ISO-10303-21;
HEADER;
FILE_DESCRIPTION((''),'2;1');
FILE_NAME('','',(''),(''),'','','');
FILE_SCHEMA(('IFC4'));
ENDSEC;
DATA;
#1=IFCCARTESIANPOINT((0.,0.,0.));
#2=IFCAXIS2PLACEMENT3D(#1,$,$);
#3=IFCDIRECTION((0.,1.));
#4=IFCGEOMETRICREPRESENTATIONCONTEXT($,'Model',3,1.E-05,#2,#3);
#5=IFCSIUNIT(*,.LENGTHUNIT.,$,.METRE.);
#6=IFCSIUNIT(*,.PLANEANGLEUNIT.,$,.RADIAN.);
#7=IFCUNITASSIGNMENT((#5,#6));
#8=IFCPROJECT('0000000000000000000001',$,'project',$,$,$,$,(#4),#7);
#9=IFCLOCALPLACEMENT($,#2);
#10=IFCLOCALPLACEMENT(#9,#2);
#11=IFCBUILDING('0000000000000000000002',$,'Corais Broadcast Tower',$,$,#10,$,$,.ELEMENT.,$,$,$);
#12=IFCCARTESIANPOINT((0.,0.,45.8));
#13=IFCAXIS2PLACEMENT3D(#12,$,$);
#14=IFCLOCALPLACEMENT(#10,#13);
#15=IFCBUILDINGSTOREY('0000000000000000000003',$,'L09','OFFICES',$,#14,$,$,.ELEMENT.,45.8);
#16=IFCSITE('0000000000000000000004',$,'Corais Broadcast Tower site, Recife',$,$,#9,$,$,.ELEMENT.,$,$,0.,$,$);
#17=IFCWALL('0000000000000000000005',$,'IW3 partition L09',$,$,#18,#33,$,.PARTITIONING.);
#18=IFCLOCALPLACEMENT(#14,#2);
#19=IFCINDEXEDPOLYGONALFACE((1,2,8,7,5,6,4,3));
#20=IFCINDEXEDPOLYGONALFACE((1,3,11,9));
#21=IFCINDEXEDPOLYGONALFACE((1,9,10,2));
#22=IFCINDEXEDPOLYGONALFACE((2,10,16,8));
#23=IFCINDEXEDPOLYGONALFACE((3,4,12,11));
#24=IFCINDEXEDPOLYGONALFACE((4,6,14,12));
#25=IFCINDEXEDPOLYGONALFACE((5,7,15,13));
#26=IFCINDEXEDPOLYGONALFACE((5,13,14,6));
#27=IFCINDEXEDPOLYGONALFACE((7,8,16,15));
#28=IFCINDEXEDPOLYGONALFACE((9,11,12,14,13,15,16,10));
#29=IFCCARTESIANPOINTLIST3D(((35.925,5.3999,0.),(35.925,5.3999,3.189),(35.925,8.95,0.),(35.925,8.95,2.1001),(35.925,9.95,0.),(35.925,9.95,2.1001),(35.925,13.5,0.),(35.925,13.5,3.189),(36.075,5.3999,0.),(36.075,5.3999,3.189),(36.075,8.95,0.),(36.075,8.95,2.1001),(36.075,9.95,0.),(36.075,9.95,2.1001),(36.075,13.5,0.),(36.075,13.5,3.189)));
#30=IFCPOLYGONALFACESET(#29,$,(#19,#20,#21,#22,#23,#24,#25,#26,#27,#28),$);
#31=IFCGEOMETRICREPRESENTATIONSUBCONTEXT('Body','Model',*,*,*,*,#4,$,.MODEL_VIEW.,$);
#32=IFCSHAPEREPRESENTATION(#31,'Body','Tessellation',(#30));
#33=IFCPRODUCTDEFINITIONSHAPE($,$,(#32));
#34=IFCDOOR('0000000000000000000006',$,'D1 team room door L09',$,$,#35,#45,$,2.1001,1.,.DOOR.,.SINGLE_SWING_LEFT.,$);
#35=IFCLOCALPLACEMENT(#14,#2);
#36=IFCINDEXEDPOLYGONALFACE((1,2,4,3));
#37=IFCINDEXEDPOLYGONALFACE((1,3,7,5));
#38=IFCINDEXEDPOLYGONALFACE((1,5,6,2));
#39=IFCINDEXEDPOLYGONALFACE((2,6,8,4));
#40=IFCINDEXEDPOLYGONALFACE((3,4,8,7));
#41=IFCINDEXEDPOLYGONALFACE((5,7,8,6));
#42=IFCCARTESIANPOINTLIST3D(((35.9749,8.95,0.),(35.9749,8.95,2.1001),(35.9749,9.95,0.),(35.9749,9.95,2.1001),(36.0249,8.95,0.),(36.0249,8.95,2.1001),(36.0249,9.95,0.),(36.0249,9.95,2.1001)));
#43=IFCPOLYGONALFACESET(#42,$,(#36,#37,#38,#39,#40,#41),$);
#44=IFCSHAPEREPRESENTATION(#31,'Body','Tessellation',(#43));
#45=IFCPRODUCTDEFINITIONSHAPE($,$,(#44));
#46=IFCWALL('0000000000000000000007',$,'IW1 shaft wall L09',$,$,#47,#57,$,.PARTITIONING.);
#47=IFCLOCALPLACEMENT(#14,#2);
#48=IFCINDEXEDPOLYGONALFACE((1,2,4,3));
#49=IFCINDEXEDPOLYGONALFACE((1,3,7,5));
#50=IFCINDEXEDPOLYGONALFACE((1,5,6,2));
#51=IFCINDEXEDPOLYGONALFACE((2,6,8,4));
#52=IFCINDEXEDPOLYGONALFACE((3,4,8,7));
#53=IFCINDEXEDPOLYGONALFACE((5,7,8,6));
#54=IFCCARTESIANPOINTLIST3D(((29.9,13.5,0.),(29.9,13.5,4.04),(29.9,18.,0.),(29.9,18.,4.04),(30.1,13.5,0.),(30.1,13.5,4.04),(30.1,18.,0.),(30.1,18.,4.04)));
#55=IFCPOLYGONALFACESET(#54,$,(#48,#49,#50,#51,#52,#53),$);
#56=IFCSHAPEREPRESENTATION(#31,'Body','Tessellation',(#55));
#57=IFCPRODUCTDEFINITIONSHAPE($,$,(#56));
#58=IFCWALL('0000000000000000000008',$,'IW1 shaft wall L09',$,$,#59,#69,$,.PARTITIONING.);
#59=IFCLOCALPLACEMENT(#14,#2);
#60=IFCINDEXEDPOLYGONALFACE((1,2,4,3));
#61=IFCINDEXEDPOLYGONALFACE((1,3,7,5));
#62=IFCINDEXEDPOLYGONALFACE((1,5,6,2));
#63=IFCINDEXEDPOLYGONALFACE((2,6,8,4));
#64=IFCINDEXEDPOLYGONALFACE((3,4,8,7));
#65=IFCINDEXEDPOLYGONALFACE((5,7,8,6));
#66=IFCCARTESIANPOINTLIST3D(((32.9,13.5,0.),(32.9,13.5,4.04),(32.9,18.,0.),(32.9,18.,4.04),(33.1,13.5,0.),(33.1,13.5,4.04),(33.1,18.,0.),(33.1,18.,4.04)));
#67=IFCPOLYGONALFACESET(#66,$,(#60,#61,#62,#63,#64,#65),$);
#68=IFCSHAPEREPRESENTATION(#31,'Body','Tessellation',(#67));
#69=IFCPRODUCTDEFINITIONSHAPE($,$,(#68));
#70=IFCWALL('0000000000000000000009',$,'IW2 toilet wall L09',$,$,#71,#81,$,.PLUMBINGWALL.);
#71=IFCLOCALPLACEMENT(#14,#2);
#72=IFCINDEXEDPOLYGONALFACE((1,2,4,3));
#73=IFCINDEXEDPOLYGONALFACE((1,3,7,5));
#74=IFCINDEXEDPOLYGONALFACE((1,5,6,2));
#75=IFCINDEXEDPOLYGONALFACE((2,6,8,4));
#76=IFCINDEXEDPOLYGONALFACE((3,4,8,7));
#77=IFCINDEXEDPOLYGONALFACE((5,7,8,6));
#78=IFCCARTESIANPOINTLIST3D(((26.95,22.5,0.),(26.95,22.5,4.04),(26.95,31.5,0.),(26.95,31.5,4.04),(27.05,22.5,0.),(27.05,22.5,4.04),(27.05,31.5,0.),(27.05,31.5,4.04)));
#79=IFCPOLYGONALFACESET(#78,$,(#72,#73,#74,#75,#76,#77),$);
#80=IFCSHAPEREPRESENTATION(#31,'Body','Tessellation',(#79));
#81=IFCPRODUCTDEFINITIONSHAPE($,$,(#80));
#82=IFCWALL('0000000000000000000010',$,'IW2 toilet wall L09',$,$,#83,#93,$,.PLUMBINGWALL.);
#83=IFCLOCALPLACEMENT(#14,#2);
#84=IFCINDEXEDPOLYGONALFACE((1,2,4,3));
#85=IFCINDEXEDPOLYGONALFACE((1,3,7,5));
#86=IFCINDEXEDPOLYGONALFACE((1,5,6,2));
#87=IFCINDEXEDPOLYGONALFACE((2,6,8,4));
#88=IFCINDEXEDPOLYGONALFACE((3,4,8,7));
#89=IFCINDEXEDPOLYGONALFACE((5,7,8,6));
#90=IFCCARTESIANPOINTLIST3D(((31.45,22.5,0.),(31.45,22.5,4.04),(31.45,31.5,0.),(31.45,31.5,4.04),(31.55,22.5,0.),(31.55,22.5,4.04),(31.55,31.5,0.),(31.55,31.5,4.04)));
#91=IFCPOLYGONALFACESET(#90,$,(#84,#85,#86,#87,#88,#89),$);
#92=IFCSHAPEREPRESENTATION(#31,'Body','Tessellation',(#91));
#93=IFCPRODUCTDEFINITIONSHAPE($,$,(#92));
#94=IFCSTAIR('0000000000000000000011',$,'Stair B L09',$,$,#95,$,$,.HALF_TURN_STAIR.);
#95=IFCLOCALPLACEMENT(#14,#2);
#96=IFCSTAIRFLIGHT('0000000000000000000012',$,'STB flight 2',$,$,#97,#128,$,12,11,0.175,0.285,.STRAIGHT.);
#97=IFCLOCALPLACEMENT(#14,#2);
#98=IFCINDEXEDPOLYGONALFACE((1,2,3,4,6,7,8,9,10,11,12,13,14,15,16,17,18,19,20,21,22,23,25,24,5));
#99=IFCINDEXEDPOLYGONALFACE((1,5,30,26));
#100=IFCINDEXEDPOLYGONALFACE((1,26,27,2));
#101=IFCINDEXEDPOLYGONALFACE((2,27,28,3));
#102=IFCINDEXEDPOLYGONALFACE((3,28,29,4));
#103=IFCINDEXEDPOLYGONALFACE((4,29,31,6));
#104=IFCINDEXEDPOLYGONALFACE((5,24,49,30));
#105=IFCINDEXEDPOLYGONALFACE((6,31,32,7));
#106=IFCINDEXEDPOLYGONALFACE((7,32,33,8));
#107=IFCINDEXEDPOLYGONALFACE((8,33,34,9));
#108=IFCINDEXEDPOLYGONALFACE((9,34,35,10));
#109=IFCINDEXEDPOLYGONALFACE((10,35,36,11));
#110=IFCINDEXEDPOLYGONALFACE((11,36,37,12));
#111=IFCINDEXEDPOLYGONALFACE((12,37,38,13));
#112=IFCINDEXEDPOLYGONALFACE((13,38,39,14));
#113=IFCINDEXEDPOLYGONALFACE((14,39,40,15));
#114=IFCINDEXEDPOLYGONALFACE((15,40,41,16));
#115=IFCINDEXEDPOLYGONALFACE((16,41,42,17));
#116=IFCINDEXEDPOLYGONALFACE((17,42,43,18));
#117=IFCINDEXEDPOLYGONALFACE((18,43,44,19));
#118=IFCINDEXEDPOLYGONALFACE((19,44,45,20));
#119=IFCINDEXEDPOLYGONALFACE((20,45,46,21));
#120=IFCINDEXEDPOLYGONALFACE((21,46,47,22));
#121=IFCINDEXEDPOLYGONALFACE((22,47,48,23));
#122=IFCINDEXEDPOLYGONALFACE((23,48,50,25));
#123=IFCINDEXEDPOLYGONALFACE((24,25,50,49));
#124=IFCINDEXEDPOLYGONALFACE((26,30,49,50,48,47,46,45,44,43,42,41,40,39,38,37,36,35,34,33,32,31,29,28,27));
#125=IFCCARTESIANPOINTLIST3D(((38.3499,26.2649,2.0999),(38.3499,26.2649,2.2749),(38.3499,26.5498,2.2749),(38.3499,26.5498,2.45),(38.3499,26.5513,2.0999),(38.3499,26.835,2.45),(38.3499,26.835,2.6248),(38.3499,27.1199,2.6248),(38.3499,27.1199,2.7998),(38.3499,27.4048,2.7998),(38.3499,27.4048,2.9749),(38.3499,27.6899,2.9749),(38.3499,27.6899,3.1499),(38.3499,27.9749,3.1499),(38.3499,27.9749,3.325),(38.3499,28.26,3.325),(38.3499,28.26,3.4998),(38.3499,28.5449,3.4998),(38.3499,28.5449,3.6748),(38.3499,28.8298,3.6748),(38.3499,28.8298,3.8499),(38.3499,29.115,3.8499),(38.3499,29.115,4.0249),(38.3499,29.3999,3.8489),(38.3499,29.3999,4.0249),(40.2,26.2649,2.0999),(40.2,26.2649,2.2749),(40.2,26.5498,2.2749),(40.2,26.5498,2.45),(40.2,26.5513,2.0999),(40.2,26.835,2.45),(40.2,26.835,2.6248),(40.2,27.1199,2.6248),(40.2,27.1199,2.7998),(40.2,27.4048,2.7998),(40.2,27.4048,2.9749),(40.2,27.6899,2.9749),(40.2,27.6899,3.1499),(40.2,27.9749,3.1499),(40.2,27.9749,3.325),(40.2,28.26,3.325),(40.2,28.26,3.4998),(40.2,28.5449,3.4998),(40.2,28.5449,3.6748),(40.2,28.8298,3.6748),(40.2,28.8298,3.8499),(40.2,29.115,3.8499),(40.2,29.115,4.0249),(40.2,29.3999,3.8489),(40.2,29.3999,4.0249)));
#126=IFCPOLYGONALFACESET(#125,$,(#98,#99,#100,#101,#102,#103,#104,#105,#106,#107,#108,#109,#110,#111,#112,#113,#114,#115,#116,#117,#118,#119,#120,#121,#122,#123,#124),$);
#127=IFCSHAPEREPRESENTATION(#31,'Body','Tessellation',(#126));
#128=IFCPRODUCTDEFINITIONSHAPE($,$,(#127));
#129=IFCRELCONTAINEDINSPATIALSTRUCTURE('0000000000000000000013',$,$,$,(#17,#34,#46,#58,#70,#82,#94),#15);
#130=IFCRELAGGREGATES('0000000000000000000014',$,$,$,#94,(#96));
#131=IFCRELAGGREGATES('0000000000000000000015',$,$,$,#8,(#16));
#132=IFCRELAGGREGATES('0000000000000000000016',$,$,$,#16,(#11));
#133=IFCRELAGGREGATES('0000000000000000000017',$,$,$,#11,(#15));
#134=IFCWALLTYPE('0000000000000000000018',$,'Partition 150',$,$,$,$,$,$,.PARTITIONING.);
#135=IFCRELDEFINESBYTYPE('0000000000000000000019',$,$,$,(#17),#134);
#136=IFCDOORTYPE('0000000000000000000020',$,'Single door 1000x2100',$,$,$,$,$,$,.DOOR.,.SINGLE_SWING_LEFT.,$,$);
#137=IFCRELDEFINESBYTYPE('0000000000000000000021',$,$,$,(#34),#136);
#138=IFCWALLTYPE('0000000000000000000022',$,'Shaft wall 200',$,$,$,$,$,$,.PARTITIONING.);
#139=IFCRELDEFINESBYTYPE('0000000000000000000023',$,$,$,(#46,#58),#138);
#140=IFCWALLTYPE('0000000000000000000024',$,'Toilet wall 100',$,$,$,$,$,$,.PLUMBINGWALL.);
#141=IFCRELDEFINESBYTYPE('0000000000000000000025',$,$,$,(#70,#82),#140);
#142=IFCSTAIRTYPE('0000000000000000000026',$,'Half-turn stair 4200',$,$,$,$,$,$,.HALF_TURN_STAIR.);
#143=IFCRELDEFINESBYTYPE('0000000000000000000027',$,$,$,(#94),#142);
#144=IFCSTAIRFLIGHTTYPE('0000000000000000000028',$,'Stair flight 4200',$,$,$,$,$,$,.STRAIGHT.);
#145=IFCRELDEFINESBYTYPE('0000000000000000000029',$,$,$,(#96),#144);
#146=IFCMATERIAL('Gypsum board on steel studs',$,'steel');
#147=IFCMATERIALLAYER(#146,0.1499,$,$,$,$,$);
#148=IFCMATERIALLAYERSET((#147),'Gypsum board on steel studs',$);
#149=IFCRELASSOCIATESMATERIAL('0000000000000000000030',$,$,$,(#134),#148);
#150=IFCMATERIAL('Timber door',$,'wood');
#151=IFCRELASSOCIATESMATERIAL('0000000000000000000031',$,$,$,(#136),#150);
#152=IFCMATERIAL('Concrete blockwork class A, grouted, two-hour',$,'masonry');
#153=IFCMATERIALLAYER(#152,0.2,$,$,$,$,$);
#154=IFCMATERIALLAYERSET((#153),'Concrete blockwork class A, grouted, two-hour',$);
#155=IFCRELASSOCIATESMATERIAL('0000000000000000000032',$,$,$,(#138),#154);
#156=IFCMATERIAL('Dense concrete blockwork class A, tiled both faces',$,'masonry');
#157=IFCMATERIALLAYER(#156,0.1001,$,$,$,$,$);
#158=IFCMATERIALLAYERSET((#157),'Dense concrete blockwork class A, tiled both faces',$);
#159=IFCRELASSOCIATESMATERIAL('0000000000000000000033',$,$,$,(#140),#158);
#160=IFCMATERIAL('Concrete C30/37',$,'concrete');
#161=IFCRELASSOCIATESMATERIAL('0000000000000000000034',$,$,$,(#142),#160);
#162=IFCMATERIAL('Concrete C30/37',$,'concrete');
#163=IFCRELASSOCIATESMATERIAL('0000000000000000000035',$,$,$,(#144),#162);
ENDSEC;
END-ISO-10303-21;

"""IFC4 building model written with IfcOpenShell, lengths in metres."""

from ifc_helpers import new_model, si_unit, direction, frame, frame_2d, origin, place, context, subcontext, project, spatial, polyline, rectangle, outline, extrude, material, layer, layer_set, type_object, element, fill, aggregate, save


model = new_model("IFC4")

# Units and contexts
model_context = context("Model", 3, precision=1e-05, world=origin(), true_north=direction((0.0, 1.0)))
body_context = subcontext(model_context, "Body", "Model", "MODEL_VIEW")
ifc_project = project(units=[si_unit("LENGTHUNIT", "METRE"), si_unit("PLANEANGLEUNIT", "RADIAN")], contexts=[model_context])

# Site, building, storey
site_placement = place(None, origin())
site = spatial("IfcSite", under=ifc_project, at=site_placement, Name="Corais Broadcast Tower site, Recife", CompositionType="ELEMENT", RefElevation=0.0)
building_placement = place(site_placement, origin())
building = spatial("IfcBuilding", under=site, at=building_placement, Name="Corais Broadcast Tower", CompositionType="ELEMENT")
storey_placement = place(building_placement, frame((0.0, 0.0, 45.8)))
storey = spatial("IfcBuildingStorey", under=building, at=storey_placement, Name="L09", Description="OFFICES", CompositionType="ELEMENT", Elevation=45.8)

# Shared definitions
ifc_material_1 = material(Name="Gypsum board on steel studs", Category="steel")
ifc_layer_1 = layer(ifc_material_1, 0.1499)
ifc_layer_set_1 = layer_set([ifc_layer_1], Name="Gypsum board on steel studs")
wall_type_1 = type_object("IfcWallType", Name="Partition 150", PredefinedType="PARTITIONING", material=ifc_layer_set_1)
ifc_material_2 = material(Name="Timber door", Category="wood")
door_type_1 = type_object("IfcDoorType", Name="Single door 1000x2100", OperationType="SINGLE_SWING_LEFT", PredefinedType="DOOR", material=ifc_material_2)

# Wall, opening, door
wall_1_placement = place(storey_placement, frame((36.0, 13.5, 0.0), z_axis=(0.0, 0.0, 1.0), x_axis=(0.0, -1.0, 0.0)))
wall_1 = element("IfcWall", 1, at=wall_1_placement, inside=storey, type_object=wall_type_1, Name="IW3 partition L09", PredefinedType="PARTITIONING", context=body_context, shape_type="SweptSolid", body=[
    extrude(rectangle(XDim=8.1001, YDim=0.1499, at=frame_2d((4.05, 0.0))), origin(), (0.0, 0.0, 1.0), 3.189),
])
opening_1_placement = place(wall_1_placement, frame((3.55, 0.0, 0.0)))
opening_1 = element("IfcOpeningElement", 2, at=opening_1_placement, cuts=wall_1, PredefinedType="OPENING", context=body_context, shape_type="SweptSolid", body=[
    extrude(rectangle(XDim=1.0, YDim=2.1001, at=frame_2d((0.5, 1.05))), frame((0.0, 0.085, 0.0), z_axis=(0.0, -1.0, 0.0), x_axis=(1.0, 0.0, 0.0)), (0.0, 0.0, 1.0), 0.1699),
])
door_1_placement = place(opening_1_placement, origin())
door_1 = element("IfcDoor", 3, at=door_1_placement, inside=storey, type_object=door_type_1, Name="D1 team room door L09", OperationType="SINGLE_SWING_LEFT", OverallHeight=2.1001, OverallWidth=1.0, PredefinedType="DOOR", context=body_context, shape_type="SweptSolid", body=[
    extrude(rectangle(XDim=1.0, YDim=2.1001, at=frame_2d((0.5, 1.05))), frame((0.0, 0.0249, 0.0), z_axis=(0.0, -1.0, 0.0), x_axis=(1.0, 0.0, 0.0)), (0.0, 0.0, 1.0), 0.05),
])
fill(opening_1, door_1)

# Walls
ifc_material_3 = material(Name="Concrete blockwork class A, grouted, two-hour", Category="masonry")
ifc_layer_2 = layer(ifc_material_3, 0.2)
ifc_layer_set_2 = layer_set([ifc_layer_2], Name="Concrete blockwork class A, grouted, two-hour")
wall_type_2 = type_object("IfcWallType", Name="Shaft wall 200", PredefinedType="PARTITIONING", material=ifc_layer_set_2)
for number, where, z_axis, x_axis, name in (
    (4, (30.0, 13.5, 0.0), (0.0, 0.0, 1.0), (0.0, 1.0, 0.0), "IW1 shaft wall L09"),
    (5, (33.0, 13.5, 0.0), (0.0, 0.0, 1.0), (0.0, 1.0, 0.0), "IW1 shaft wall L09"),
):
    element("IfcWall", number, at=place(storey_placement, frame(where, z_axis=z_axis, x_axis=x_axis)), inside=storey, type_object=wall_type_2, Name=name, PredefinedType="PARTITIONING", context=body_context, shape_type="SweptSolid", body=[
        extrude(rectangle(XDim=4.5, YDim=0.2, at=frame_2d((2.25, 0.0))), origin(), (0.0, 0.0, 1.0), 4.04),
    ])
ifc_material_4 = material(Name="Dense concrete blockwork class A, tiled both faces", Category="masonry")
ifc_layer_3 = layer(ifc_material_4, 0.1001)
ifc_layer_set_3 = layer_set([ifc_layer_3], Name="Dense concrete blockwork class A, tiled both faces")
wall_type_3 = type_object("IfcWallType", Name="Toilet wall 100", PredefinedType="PLUMBINGWALL", material=ifc_layer_set_3)
for number, where, z_axis, x_axis, name in (
    (6, (27.0, 22.5, 0.0), (0.0, 0.0, 1.0), (0.0, 1.0, 0.0), "IW2 toilet wall L09"),
    (7, (31.5, 22.5, 0.0), (0.0, 0.0, 1.0), (0.0, 1.0, 0.0), "IW2 toilet wall L09"),
):
    element("IfcWall", number, at=place(storey_placement, frame(where, z_axis=z_axis, x_axis=x_axis)), inside=storey, type_object=wall_type_3, Name=name, PredefinedType="PLUMBINGWALL", context=body_context, shape_type="SweptSolid", body=[
        extrude(rectangle(XDim=9.0, YDim=0.1001, at=frame_2d((4.5, 0.0))), origin(), (0.0, 0.0, 1.0), 4.04),
    ])

# Stair, stair flight
ifc_material_5 = material(Name="Concrete C30/37", Category="concrete")
stair_type = type_object("IfcStairType", Name="Half-turn stair 4200", PredefinedType="HALF_TURN_STAIR", material=ifc_material_5)
stair_placement = place(storey_placement, origin())
stair = element("IfcStair", 8, at=stair_placement, inside=storey, type_object=stair_type, Name="Stair B L09", PredefinedType="HALF_TURN_STAIR")
ifc_material_6 = material(Name="Concrete C30/37", Category="concrete")
stair_flight_type = type_object("IfcStairFlightType", Name="Stair flight 4200", PredefinedType="STRAIGHT", material=ifc_material_6)
stair_flight_placement = place(storey_placement, frame((39.2749, 26.2649, 2.0999), z_axis=(0.0, 0.0, 1.0), x_axis=(0.0, 1.0, 0.0)))
stair_flight = element("IfcStairFlight", 9, at=stair_flight_placement, type_object=stair_flight_type, Name="STB flight 2", NumberOfRisers=12, NumberOfTreads=11, PredefinedType="STRAIGHT", RiserHeight=0.175, TreadLength=0.285, context=body_context, shape_type="SweptSolid", body=[
    extrude(outline(polyline([(0.0, 0.0), (0.0, 0.175), (0.2849, 0.175), (0.2849, 0.3501), (0.5701, 0.3501), (0.5701, 0.5249), (0.855, 0.5249), (0.855, 0.7), (1.1399, 0.7), (1.1399, 0.875), (1.425, 0.875), (1.425, 1.05), (1.71, 1.05), (1.71, 1.2251), (1.9951, 1.2251), (1.9951, 1.3999), (2.28, 1.3999), (2.28, 1.575), (2.5649, 1.575), (2.5649, 1.75), (2.8501, 1.75), (2.8501, 1.925), (3.135, 1.925), (3.135, 2.1001), (3.135, 1.749), (0.2864, 0.0), (0.0, 0.0)])), frame((0.0, 0.925, 0.0), z_axis=(0.0, -1.0, 0.0), x_axis=(1.0, 0.0, 0.0)), (0.0, 0.0, 1.0), 1.8501),
])
aggregate(stair, [stair_flight])

save(model, "model.ifc")
